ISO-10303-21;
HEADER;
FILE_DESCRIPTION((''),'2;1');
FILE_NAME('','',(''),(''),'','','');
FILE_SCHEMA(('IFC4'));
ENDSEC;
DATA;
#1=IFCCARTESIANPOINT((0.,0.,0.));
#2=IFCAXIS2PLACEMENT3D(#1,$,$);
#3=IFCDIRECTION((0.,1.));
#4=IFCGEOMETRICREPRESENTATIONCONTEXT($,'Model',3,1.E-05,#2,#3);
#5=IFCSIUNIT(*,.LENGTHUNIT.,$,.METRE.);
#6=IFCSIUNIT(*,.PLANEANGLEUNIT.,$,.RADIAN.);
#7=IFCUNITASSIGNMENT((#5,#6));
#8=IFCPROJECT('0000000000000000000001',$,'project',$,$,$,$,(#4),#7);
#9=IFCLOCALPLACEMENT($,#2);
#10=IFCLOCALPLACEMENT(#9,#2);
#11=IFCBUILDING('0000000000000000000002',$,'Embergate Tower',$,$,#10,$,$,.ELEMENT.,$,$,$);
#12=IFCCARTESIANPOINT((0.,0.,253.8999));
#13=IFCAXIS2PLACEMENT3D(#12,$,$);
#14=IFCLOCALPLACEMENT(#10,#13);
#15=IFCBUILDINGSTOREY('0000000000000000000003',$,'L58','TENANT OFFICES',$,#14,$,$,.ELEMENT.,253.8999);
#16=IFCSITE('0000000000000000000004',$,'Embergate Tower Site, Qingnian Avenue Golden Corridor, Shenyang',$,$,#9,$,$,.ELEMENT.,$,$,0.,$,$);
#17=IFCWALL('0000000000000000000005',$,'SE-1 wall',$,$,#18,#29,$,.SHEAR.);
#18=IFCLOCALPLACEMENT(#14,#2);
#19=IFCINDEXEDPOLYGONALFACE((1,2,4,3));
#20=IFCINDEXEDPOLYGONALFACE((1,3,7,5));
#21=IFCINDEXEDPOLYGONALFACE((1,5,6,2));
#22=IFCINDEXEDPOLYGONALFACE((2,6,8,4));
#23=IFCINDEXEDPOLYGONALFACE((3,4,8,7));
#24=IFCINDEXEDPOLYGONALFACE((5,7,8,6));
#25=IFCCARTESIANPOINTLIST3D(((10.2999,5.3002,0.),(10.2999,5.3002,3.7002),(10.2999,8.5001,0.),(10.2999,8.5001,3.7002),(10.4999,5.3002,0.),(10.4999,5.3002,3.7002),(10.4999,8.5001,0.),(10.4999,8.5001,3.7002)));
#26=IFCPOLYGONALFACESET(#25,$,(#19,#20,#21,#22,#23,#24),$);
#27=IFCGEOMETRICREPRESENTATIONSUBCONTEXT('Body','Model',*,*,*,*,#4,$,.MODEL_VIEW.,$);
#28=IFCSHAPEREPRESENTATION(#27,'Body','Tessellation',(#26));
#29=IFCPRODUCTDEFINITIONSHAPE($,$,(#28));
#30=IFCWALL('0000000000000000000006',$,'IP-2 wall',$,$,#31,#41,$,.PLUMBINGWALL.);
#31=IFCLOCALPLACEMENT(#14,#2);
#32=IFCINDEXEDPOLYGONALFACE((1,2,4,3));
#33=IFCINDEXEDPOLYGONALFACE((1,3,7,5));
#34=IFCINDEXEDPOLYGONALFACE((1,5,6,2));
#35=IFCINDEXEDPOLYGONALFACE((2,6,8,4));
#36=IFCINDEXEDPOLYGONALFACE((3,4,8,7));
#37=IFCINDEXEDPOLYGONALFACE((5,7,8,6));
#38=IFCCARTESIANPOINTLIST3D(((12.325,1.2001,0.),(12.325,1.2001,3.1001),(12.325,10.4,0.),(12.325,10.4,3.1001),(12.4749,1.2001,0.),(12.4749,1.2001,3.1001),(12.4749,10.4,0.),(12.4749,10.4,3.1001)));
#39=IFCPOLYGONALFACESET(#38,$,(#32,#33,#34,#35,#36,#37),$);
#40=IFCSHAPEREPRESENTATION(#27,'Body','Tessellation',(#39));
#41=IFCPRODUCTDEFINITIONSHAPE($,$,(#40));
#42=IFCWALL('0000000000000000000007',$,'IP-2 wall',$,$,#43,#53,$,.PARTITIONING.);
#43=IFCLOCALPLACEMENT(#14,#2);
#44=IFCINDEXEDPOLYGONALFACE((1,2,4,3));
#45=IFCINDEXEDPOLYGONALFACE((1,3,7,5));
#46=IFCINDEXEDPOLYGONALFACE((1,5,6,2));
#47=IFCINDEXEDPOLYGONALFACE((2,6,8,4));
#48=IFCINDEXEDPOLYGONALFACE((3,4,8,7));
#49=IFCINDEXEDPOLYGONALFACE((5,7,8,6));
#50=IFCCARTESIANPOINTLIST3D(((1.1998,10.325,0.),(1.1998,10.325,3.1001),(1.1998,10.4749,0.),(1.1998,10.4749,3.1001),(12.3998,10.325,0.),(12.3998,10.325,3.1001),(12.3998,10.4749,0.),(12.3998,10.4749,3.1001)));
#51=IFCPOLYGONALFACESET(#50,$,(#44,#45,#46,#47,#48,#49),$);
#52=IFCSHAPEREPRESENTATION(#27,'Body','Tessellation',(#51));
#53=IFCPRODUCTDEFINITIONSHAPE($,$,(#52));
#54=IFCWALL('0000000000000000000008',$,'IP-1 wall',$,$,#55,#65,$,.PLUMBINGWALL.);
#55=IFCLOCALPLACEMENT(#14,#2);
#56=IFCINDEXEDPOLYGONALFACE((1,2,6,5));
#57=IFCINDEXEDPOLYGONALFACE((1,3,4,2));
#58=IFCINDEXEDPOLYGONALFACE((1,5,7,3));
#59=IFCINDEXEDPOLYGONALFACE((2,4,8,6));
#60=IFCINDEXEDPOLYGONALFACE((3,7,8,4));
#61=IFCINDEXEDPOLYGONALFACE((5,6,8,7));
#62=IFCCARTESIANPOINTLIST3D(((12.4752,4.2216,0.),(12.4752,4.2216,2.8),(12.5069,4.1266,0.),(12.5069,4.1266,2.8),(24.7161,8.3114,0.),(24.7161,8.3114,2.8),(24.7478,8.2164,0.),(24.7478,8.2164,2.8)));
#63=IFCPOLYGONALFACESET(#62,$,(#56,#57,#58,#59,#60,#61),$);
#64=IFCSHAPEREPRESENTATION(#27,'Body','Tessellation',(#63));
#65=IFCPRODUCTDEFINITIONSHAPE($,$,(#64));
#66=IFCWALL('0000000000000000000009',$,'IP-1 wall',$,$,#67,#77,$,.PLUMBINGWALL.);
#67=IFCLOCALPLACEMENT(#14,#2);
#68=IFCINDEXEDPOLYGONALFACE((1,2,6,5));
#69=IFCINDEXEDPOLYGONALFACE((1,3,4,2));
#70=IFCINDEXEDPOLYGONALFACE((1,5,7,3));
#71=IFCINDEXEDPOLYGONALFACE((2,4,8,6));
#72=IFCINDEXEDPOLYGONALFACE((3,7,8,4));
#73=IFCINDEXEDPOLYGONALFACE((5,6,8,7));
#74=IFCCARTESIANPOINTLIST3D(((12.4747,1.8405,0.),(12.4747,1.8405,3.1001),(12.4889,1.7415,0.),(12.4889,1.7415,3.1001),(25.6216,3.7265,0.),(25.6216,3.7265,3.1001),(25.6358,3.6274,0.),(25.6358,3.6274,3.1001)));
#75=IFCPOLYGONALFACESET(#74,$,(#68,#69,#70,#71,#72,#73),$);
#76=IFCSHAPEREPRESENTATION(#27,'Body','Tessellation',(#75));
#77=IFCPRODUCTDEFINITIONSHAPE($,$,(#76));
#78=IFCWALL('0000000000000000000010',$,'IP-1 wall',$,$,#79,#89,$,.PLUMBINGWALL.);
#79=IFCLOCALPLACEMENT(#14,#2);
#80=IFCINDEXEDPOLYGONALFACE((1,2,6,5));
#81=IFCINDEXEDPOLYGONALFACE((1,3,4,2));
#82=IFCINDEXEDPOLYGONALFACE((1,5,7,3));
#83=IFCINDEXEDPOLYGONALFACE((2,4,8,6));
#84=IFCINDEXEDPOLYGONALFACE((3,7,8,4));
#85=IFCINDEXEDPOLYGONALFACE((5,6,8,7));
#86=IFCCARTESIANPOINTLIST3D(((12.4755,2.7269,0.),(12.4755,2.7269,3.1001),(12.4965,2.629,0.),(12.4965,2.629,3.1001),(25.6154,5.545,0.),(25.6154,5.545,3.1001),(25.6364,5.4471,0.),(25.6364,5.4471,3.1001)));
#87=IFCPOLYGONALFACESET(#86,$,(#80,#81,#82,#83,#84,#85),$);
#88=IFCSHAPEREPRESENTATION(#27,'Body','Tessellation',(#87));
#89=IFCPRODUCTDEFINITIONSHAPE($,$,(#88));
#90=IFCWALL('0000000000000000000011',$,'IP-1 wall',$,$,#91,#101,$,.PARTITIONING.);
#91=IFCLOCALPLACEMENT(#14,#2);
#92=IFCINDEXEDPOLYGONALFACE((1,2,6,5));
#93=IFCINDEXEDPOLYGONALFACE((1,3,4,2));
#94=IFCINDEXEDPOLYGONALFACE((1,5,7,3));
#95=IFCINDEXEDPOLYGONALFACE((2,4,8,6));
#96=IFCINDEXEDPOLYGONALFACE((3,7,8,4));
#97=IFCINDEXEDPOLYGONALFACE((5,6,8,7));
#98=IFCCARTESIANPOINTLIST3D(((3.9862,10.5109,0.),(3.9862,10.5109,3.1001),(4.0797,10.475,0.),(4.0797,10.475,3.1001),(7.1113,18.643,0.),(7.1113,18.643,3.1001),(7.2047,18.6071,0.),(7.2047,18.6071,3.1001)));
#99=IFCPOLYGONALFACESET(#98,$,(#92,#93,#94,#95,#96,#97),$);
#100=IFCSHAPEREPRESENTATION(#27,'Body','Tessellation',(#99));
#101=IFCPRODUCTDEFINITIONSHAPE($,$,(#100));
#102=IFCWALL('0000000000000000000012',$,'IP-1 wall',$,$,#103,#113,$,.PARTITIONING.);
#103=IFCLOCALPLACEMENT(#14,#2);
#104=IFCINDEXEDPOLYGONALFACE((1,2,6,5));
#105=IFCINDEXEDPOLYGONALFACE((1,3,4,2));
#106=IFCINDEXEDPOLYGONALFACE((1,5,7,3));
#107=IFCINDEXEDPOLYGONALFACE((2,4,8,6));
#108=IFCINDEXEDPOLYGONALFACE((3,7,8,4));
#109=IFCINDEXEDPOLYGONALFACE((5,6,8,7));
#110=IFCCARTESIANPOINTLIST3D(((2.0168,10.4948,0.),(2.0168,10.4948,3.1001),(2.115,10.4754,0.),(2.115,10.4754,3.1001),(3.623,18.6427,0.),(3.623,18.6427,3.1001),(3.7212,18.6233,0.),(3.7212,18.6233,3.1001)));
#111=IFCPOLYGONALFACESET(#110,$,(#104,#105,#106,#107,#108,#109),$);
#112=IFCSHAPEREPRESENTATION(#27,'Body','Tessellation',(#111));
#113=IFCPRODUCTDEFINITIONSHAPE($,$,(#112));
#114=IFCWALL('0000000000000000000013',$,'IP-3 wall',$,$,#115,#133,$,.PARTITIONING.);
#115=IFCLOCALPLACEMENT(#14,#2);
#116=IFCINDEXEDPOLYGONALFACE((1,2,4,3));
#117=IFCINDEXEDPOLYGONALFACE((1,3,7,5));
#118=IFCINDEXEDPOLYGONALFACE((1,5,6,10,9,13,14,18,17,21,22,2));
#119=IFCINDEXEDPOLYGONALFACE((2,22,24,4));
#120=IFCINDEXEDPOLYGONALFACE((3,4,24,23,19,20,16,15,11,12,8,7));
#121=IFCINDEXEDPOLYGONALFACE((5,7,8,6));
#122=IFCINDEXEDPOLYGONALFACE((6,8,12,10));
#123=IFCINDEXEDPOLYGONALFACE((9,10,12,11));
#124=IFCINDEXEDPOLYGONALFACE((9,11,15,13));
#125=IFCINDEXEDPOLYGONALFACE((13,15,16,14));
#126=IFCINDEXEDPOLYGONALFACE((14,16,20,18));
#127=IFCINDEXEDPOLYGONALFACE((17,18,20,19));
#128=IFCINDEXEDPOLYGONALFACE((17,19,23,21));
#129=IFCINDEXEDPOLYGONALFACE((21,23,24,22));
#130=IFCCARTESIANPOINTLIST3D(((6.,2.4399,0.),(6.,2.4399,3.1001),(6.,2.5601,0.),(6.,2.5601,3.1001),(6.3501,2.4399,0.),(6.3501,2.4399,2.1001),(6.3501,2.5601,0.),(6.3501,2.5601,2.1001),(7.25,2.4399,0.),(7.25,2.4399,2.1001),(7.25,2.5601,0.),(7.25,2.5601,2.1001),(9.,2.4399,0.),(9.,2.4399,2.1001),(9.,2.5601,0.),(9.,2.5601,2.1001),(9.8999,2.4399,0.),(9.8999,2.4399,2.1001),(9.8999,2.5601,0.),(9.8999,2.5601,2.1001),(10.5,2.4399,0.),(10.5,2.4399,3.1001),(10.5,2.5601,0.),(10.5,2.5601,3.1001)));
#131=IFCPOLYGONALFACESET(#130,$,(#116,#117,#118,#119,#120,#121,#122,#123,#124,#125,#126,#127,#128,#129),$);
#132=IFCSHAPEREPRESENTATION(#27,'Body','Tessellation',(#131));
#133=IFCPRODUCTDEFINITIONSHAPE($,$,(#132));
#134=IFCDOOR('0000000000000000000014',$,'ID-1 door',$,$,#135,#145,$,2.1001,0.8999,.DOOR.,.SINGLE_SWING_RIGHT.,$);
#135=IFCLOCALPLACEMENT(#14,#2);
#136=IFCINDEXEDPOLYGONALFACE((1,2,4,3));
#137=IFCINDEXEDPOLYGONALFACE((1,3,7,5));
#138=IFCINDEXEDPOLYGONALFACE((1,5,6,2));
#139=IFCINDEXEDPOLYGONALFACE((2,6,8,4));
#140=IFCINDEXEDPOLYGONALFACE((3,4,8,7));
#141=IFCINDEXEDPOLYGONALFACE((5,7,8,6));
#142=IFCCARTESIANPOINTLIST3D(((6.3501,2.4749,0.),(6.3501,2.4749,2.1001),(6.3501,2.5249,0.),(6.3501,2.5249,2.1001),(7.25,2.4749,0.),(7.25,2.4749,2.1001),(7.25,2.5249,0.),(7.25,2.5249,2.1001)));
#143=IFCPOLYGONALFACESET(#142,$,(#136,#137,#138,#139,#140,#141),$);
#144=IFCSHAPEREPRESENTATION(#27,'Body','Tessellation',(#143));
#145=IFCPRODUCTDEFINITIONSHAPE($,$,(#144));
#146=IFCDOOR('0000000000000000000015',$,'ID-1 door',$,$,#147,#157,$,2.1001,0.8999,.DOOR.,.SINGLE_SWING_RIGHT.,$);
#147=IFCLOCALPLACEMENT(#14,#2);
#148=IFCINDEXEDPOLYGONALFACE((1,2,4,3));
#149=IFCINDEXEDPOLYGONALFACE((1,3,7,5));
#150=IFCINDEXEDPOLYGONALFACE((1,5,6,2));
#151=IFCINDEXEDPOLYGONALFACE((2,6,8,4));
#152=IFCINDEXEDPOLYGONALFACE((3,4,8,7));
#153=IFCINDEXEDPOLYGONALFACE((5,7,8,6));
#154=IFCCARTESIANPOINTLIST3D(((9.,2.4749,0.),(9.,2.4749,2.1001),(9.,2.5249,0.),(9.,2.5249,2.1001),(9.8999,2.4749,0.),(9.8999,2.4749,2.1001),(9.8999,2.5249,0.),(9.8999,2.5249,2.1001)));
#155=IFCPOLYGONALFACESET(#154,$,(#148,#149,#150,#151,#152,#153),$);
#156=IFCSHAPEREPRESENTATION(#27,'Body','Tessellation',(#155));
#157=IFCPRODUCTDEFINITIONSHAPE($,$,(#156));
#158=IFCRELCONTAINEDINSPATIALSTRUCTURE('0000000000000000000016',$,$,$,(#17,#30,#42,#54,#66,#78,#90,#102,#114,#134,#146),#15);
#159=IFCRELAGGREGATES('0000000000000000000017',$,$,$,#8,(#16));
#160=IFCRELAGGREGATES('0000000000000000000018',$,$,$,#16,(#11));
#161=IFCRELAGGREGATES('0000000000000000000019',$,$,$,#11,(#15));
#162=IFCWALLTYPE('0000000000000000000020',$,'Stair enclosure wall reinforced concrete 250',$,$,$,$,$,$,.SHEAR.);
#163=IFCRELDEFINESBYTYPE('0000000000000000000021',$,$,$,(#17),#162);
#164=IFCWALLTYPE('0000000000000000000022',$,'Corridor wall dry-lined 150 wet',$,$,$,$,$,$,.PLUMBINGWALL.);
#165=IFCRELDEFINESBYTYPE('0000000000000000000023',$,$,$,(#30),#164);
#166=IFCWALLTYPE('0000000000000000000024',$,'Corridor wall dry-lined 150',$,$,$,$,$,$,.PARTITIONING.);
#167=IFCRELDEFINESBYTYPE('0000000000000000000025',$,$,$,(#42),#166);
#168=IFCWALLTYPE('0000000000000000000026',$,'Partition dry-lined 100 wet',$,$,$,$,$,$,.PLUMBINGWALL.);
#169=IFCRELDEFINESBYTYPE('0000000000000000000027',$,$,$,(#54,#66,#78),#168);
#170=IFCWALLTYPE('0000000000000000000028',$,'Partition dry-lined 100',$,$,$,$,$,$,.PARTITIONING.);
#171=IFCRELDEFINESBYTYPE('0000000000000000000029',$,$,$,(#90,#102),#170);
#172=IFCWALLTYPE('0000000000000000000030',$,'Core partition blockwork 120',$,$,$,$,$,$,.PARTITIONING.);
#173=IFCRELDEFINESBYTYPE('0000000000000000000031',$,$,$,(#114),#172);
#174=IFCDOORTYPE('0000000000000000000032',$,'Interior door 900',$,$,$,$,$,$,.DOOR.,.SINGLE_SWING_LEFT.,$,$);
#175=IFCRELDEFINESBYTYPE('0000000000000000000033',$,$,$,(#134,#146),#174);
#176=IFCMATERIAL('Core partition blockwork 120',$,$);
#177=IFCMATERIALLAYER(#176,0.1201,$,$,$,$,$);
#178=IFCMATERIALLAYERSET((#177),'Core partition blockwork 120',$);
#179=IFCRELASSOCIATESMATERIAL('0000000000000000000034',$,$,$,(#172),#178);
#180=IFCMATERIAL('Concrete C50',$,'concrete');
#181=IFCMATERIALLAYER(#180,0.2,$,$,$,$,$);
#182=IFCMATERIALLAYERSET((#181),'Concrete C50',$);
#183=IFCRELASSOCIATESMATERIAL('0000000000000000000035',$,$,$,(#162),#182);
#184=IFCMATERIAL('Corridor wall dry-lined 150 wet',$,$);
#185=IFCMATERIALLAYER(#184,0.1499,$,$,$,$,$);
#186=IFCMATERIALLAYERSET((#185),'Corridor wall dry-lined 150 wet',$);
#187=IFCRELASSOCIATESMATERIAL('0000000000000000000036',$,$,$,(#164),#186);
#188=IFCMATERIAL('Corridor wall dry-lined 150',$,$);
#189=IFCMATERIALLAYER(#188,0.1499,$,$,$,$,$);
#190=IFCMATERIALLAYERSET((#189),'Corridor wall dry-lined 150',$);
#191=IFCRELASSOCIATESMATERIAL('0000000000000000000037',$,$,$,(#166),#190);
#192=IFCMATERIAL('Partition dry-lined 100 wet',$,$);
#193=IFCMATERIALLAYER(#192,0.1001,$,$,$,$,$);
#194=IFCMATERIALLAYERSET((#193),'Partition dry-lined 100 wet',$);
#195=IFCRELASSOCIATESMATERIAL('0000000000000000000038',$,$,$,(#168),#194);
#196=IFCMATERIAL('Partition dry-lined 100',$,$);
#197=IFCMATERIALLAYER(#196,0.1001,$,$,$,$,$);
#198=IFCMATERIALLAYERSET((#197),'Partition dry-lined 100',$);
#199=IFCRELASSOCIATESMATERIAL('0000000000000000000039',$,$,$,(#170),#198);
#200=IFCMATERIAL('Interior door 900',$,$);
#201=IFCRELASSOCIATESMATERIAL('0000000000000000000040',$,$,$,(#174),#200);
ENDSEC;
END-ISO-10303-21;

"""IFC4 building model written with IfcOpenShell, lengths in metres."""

from ifc_helpers import new_model, si_unit, direction, frame, frame_2d, origin, place, context, subcontext, project, spatial, rectangle, extrude, source, transform, mapped, material, layer, layer_set, type_object, element, fill, save


model = new_model("IFC4")

# Units and contexts
model_context = context("Model", 3, precision=1e-05, world=origin(), true_north=direction((0.0, 1.0)))
body_context = subcontext(model_context, "Body", "Model", "MODEL_VIEW")
ifc_project = project(units=[si_unit("LENGTHUNIT", "METRE"), si_unit("PLANEANGLEUNIT", "RADIAN")], contexts=[model_context])

# Site, building, storey
site_placement = place(None, origin())
site = spatial("IfcSite", under=ifc_project, at=site_placement, Name="Embergate Tower Site, Qingnian Avenue Golden Corridor, Shenyang", CompositionType="ELEMENT", RefElevation=0.0)
building_placement = place(site_placement, origin())
building = spatial("IfcBuilding", under=site, at=building_placement, Name="Embergate Tower", CompositionType="ELEMENT")
storey_placement = place(building_placement, frame((0.0, 0.0, 253.8999)))
storey = spatial("IfcBuildingStorey", under=building, at=storey_placement, Name="L58", Description="TENANT OFFICES", CompositionType="ELEMENT", Elevation=253.8999)

# Shared definitions
ifc_material_1 = material(Name="Core partition blockwork 120")
ifc_layer_1 = layer(ifc_material_1, 0.1201)
ifc_layer_set_1 = layer_set([ifc_layer_1], Name="Core partition blockwork 120")
wall_type_1 = type_object("IfcWallType", Name="Core partition blockwork 120", PredefinedType="PARTITIONING", material=ifc_layer_set_1)

# Shared definitions
ifc_material_2 = material(Name="Concrete C50", Category="concrete")

# Shared definitions
ifc_layer_2 = layer(ifc_material_2, 0.2)
ifc_layer_set_2 = layer_set([ifc_layer_2], Name="Concrete C50")
wall_type_2 = type_object("IfcWallType", Name="Stair enclosure wall reinforced concrete 250", PredefinedType="SHEAR", material=ifc_layer_set_2)

# Shared definitions
shared_shape_1 = source(origin(), body_context, "Body", "SweptSolid", [
    extrude(rectangle(XDim=3.2, YDim=0.2, at=frame_2d((1.6001, 0.0))), origin(), (0.0, 0.0, 1.0), 3.7002),
])

# Walls
wall_1_placement = place(storey_placement, frame((10.3999, 5.3, 0.0), z_axis=(0.0, 0.0, 1.0), x_axis=(0.0, 1.0, 0.0)))
element("IfcWall", 1, at=wall_1_placement, inside=storey, type_object=wall_type_2, Name="SE-1 wall", PredefinedType="SHEAR", context=body_context, shape_type="MappedRepresentation", body=[
    mapped(shared_shape_1, transform((0.0, 0.0, 0.0))),
])
ifc_material_3 = material(Name="Corridor wall dry-lined 150 wet")
ifc_layer_3 = layer(ifc_material_3, 0.1499)
ifc_layer_set_3 = layer_set([ifc_layer_3], Name="Corridor wall dry-lined 150 wet")
wall_type_3 = type_object("IfcWallType", Name="Corridor wall dry-lined 150 wet", PredefinedType="PLUMBINGWALL", material=ifc_layer_set_3)
shared_shape_2 = source(origin(), body_context, "Body", "SweptSolid", [
    extrude(rectangle(XDim=9.2, YDim=0.1499, at=frame_2d((4.6001, 0.0))), origin(), (0.0, 0.0, 1.0), 3.1001),
])
wall_2_placement = place(storey_placement, frame((12.3999, 1.2, 0.0), z_axis=(0.0, 0.0, 1.0), x_axis=(0.0, 1.0, 0.0)))
element("IfcWall", 2, at=wall_2_placement, inside=storey, type_object=wall_type_3, Name="IP-2 wall", PredefinedType="PLUMBINGWALL", context=body_context, shape_type="MappedRepresentation", body=[
    mapped(shared_shape_2, transform((0.0, 0.0, 0.0))),
])
ifc_material_4 = material(Name="Corridor wall dry-lined 150")
ifc_layer_4 = layer(ifc_material_4, 0.1499)
ifc_layer_set_4 = layer_set([ifc_layer_4], Name="Corridor wall dry-lined 150")
wall_type_4 = type_object("IfcWallType", Name="Corridor wall dry-lined 150", PredefinedType="PARTITIONING", material=ifc_layer_set_4)
shared_shape_3 = source(origin(), body_context, "Body", "SweptSolid", [
    extrude(rectangle(XDim=11.2, YDim=0.1499, at=frame_2d((5.6001, 0.0))), origin(), (0.0, 0.0, 1.0), 3.1001),
])
wall_3_placement = place(storey_placement, frame((12.3999, 10.3999, 0.0), z_axis=(0.0, 0.0, 1.0), x_axis=(-1.0, 0.0, 0.0)))
element("IfcWall", 3, at=wall_3_placement, inside=storey, type_object=wall_type_4, Name="IP-2 wall", PredefinedType="PARTITIONING", context=body_context, shape_type="MappedRepresentation", body=[
    mapped(shared_shape_3, transform((0.0, 0.0, 0.0))),
])
ifc_material_5 = material(Name="Partition dry-lined 100 wet")
ifc_layer_5 = layer(ifc_material_5, 0.1001)
ifc_layer_set_5 = layer_set([ifc_layer_5], Name="Partition dry-lined 100 wet")
wall_type_5 = type_object("IfcWallType", Name="Partition dry-lined 100 wet", PredefinedType="PLUMBINGWALL", material=ifc_layer_set_5)
shared_shape_4 = source(origin(), body_context, "Body", "SweptSolid", [
    extrude(rectangle(XDim=12.906, YDim=0.1001, at=frame_2d((6.4531, 0.0))), origin(), (0.0, 0.0, 1.0), 2.8),
])
wall_4_placement = place(storey_placement, frame((12.491, 4.1741, 0.0), z_axis=(0.0, 0.0, 1.0), x_axis=(0.948462, 0.316892, 0.0)))
element("IfcWall", 4, at=wall_4_placement, inside=storey, type_object=wall_type_5, Name="IP-1 wall", PredefinedType="PLUMBINGWALL", context=body_context, shape_type="MappedRepresentation", body=[
    mapped(shared_shape_4, transform((0.0, 0.0, 0.0))),
])
shared_shape_5 = source(origin(), body_context, "Body", "SweptSolid", [
    extrude(rectangle(XDim=13.2815, YDim=0.1001, at=frame_2d((6.6406, 0.0))), origin(), (0.0, 0.0, 1.0), 3.1001),
])
wall_5_placement = place(storey_placement, frame((12.4819, 1.791, 0.0), z_axis=(0.0, 0.0, 1.0), x_axis=(0.989867, 0.142, 0.0)))
element("IfcWall", 5, at=wall_5_placement, inside=storey, type_object=wall_type_5, Name="IP-1 wall", PredefinedType="PLUMBINGWALL", context=body_context, shape_type="MappedRepresentation", body=[
    mapped(shared_shape_5, transform((0.0, 0.0, 0.0))),
])
shared_shape_6 = source(origin(), body_context, "Body", "SweptSolid", [
    extrude(rectangle(XDim=13.4387, YDim=0.1001, at=frame_2d((6.7192, 0.0))), origin(), (0.0, 0.0, 1.0), 3.1001),
])
wall_6_placement = place(storey_placement, frame((12.4861, 2.678, 0.0), z_axis=(0.0, 0.0, 1.0), x_axis=(0.977765, 0.209702, 0.0)))
element("IfcWall", 6, at=wall_6_placement, inside=storey, type_object=wall_type_5, Name="IP-1 wall", PredefinedType="PLUMBINGWALL", context=body_context, shape_type="MappedRepresentation", body=[
    mapped(shared_shape_6, transform((0.0, 0.0, 0.0))),
])
ifc_material_6 = material(Name="Partition dry-lined 100")
ifc_layer_6 = layer(ifc_material_6, 0.1001)
ifc_layer_set_6 = layer_set([ifc_layer_6], Name="Partition dry-lined 100")
wall_type_6 = type_object("IfcWallType", Name="Partition dry-lined 100", PredefinedType="PARTITIONING", material=ifc_layer_set_6)
shared_shape_7 = source(origin(), body_context, "Body", "SweptSolid", [
    extrude(rectangle(XDim=8.7119, YDim=0.1001, at=frame_2d((4.356, 0.0))), origin(), (0.0, 0.0, 1.0), 3.1001),
])
wall_7_placement = place(storey_placement, frame((4.033, 10.4929, 0.0), z_axis=(0.0, 0.0, 1.0), x_axis=(0.358707, 0.93345, 0.0)))
element("IfcWall", 7, at=wall_7_placement, inside=storey, type_object=wall_type_6, Name="IP-1 wall", PredefinedType="PARTITIONING", context=body_context, shape_type="MappedRepresentation", body=[
    mapped(shared_shape_7, transform((0.0, 0.0, 0.0))),
])
shared_shape_8 = source(origin(), body_context, "Body", "SweptSolid", [
    extrude(rectangle(XDim=8.3047, YDim=0.1001, at=frame_2d((4.1523, 0.0))), origin(), (0.0, 0.0, 1.0), 3.1001),
])
wall_8_placement = place(storey_placement, frame((2.0659, 10.4851, 0.0), z_axis=(0.0, 0.0, 1.0), x_axis=(0.193407, 0.981119, 0.0)))
element("IfcWall", 8, at=wall_8_placement, inside=storey, type_object=wall_type_6, Name="IP-1 wall", PredefinedType="PARTITIONING", context=body_context, shape_type="MappedRepresentation", body=[
    mapped(shared_shape_8, transform((0.0, 0.0, 0.0))),
])

# Wall, openings, doors
shared_shape_9 = source(origin(), body_context, "Body", "SweptSolid", [
    extrude(rectangle(XDim=4.5, YDim=0.1201, at=frame_2d((2.25, 0.0))), origin(), (0.0, 0.0, 1.0), 3.1001),
])
wall_9_placement = place(storey_placement, frame((6.0, 2.5, 0.0), z_axis=(0.0, 0.0, 1.0), x_axis=(1.0, 0.0, 0.0)))
wall_9 = element("IfcWall", 9, at=wall_9_placement, inside=storey, type_object=wall_type_1, Name="IP-3 wall", PredefinedType="PARTITIONING", context=body_context, shape_type="MappedRepresentation", body=[
    mapped(shared_shape_9, transform((0.0, 0.0, 0.0))),
])
shared_shape_10 = source(origin(), body_context, "Body", "SweptSolid", [
    extrude(rectangle(XDim=0.8999, YDim=2.1001, at=frame_2d((0.45, 1.05))), frame((0.0, 0.0701, 0.0), z_axis=(0.0, -1.0, 0.0), x_axis=(1.0, 0.0, 0.0)), (0.0, 0.0, 1.0), 0.1401),
])
opening_1_placement = place(wall_9_placement, frame((0.3501, 0.0, 0.0)))
opening_1 = element("IfcOpeningElement", 10, at=opening_1_placement, cuts=wall_9, PredefinedType="OPENING", context=body_context, shape_type="MappedRepresentation", body=[
    mapped(shared_shape_10, transform((0.0, 0.0, 0.0))),
])
opening_2_placement = place(wall_9_placement, frame((3.0, 0.0, 0.0)))
opening_2 = element("IfcOpeningElement", 11, at=opening_2_placement, cuts=wall_9, PredefinedType="OPENING", context=body_context, shape_type="MappedRepresentation", body=[
    mapped(shared_shape_10, transform((0.0, 0.0, 0.0))),
])
ifc_material_7 = material(Name="Interior door 900")
door_type_1 = type_object("IfcDoorType", Name="Interior door 900", OperationType="SINGLE_SWING_LEFT", PredefinedType="DOOR", material=ifc_material_7)
shared_shape_11 = source(origin(), body_context, "Body", "SweptSolid", [
    extrude(rectangle(XDim=0.8999, YDim=2.1001, at=frame_2d((0.45, 1.05))), frame((0.0, 0.0249, 0.0), z_axis=(0.0, -1.0, 0.0), x_axis=(1.0, 0.0, 0.0)), (0.0, 0.0, 1.0), 0.05),
])
door_1_placement = place(opening_1_placement, origin())
door_1 = element("IfcDoor", 12, at=door_1_placement, inside=storey, type_object=door_type_1, Name="ID-1 door", OperationType="SINGLE_SWING_RIGHT", OverallHeight=2.1001, OverallWidth=0.8999, PredefinedType="DOOR", context=body_context, shape_type="MappedRepresentation", body=[
    mapped(shared_shape_11, transform((0.0, 0.0, 0.0))),
])
fill(opening_1, door_1)
door_2_placement = place(opening_2_placement, origin())
door_2 = element("IfcDoor", 13, at=door_2_placement, inside=storey, type_object=door_type_1, Name="ID-1 door", OperationType="SINGLE_SWING_RIGHT", OverallHeight=2.1001, OverallWidth=0.8999, PredefinedType="DOOR", context=body_context, shape_type="MappedRepresentation", body=[
    mapped(shared_shape_11, transform((0.0, 0.0, 0.0))),
])
fill(opening_2, door_2)

save(model, "model.ifc")
